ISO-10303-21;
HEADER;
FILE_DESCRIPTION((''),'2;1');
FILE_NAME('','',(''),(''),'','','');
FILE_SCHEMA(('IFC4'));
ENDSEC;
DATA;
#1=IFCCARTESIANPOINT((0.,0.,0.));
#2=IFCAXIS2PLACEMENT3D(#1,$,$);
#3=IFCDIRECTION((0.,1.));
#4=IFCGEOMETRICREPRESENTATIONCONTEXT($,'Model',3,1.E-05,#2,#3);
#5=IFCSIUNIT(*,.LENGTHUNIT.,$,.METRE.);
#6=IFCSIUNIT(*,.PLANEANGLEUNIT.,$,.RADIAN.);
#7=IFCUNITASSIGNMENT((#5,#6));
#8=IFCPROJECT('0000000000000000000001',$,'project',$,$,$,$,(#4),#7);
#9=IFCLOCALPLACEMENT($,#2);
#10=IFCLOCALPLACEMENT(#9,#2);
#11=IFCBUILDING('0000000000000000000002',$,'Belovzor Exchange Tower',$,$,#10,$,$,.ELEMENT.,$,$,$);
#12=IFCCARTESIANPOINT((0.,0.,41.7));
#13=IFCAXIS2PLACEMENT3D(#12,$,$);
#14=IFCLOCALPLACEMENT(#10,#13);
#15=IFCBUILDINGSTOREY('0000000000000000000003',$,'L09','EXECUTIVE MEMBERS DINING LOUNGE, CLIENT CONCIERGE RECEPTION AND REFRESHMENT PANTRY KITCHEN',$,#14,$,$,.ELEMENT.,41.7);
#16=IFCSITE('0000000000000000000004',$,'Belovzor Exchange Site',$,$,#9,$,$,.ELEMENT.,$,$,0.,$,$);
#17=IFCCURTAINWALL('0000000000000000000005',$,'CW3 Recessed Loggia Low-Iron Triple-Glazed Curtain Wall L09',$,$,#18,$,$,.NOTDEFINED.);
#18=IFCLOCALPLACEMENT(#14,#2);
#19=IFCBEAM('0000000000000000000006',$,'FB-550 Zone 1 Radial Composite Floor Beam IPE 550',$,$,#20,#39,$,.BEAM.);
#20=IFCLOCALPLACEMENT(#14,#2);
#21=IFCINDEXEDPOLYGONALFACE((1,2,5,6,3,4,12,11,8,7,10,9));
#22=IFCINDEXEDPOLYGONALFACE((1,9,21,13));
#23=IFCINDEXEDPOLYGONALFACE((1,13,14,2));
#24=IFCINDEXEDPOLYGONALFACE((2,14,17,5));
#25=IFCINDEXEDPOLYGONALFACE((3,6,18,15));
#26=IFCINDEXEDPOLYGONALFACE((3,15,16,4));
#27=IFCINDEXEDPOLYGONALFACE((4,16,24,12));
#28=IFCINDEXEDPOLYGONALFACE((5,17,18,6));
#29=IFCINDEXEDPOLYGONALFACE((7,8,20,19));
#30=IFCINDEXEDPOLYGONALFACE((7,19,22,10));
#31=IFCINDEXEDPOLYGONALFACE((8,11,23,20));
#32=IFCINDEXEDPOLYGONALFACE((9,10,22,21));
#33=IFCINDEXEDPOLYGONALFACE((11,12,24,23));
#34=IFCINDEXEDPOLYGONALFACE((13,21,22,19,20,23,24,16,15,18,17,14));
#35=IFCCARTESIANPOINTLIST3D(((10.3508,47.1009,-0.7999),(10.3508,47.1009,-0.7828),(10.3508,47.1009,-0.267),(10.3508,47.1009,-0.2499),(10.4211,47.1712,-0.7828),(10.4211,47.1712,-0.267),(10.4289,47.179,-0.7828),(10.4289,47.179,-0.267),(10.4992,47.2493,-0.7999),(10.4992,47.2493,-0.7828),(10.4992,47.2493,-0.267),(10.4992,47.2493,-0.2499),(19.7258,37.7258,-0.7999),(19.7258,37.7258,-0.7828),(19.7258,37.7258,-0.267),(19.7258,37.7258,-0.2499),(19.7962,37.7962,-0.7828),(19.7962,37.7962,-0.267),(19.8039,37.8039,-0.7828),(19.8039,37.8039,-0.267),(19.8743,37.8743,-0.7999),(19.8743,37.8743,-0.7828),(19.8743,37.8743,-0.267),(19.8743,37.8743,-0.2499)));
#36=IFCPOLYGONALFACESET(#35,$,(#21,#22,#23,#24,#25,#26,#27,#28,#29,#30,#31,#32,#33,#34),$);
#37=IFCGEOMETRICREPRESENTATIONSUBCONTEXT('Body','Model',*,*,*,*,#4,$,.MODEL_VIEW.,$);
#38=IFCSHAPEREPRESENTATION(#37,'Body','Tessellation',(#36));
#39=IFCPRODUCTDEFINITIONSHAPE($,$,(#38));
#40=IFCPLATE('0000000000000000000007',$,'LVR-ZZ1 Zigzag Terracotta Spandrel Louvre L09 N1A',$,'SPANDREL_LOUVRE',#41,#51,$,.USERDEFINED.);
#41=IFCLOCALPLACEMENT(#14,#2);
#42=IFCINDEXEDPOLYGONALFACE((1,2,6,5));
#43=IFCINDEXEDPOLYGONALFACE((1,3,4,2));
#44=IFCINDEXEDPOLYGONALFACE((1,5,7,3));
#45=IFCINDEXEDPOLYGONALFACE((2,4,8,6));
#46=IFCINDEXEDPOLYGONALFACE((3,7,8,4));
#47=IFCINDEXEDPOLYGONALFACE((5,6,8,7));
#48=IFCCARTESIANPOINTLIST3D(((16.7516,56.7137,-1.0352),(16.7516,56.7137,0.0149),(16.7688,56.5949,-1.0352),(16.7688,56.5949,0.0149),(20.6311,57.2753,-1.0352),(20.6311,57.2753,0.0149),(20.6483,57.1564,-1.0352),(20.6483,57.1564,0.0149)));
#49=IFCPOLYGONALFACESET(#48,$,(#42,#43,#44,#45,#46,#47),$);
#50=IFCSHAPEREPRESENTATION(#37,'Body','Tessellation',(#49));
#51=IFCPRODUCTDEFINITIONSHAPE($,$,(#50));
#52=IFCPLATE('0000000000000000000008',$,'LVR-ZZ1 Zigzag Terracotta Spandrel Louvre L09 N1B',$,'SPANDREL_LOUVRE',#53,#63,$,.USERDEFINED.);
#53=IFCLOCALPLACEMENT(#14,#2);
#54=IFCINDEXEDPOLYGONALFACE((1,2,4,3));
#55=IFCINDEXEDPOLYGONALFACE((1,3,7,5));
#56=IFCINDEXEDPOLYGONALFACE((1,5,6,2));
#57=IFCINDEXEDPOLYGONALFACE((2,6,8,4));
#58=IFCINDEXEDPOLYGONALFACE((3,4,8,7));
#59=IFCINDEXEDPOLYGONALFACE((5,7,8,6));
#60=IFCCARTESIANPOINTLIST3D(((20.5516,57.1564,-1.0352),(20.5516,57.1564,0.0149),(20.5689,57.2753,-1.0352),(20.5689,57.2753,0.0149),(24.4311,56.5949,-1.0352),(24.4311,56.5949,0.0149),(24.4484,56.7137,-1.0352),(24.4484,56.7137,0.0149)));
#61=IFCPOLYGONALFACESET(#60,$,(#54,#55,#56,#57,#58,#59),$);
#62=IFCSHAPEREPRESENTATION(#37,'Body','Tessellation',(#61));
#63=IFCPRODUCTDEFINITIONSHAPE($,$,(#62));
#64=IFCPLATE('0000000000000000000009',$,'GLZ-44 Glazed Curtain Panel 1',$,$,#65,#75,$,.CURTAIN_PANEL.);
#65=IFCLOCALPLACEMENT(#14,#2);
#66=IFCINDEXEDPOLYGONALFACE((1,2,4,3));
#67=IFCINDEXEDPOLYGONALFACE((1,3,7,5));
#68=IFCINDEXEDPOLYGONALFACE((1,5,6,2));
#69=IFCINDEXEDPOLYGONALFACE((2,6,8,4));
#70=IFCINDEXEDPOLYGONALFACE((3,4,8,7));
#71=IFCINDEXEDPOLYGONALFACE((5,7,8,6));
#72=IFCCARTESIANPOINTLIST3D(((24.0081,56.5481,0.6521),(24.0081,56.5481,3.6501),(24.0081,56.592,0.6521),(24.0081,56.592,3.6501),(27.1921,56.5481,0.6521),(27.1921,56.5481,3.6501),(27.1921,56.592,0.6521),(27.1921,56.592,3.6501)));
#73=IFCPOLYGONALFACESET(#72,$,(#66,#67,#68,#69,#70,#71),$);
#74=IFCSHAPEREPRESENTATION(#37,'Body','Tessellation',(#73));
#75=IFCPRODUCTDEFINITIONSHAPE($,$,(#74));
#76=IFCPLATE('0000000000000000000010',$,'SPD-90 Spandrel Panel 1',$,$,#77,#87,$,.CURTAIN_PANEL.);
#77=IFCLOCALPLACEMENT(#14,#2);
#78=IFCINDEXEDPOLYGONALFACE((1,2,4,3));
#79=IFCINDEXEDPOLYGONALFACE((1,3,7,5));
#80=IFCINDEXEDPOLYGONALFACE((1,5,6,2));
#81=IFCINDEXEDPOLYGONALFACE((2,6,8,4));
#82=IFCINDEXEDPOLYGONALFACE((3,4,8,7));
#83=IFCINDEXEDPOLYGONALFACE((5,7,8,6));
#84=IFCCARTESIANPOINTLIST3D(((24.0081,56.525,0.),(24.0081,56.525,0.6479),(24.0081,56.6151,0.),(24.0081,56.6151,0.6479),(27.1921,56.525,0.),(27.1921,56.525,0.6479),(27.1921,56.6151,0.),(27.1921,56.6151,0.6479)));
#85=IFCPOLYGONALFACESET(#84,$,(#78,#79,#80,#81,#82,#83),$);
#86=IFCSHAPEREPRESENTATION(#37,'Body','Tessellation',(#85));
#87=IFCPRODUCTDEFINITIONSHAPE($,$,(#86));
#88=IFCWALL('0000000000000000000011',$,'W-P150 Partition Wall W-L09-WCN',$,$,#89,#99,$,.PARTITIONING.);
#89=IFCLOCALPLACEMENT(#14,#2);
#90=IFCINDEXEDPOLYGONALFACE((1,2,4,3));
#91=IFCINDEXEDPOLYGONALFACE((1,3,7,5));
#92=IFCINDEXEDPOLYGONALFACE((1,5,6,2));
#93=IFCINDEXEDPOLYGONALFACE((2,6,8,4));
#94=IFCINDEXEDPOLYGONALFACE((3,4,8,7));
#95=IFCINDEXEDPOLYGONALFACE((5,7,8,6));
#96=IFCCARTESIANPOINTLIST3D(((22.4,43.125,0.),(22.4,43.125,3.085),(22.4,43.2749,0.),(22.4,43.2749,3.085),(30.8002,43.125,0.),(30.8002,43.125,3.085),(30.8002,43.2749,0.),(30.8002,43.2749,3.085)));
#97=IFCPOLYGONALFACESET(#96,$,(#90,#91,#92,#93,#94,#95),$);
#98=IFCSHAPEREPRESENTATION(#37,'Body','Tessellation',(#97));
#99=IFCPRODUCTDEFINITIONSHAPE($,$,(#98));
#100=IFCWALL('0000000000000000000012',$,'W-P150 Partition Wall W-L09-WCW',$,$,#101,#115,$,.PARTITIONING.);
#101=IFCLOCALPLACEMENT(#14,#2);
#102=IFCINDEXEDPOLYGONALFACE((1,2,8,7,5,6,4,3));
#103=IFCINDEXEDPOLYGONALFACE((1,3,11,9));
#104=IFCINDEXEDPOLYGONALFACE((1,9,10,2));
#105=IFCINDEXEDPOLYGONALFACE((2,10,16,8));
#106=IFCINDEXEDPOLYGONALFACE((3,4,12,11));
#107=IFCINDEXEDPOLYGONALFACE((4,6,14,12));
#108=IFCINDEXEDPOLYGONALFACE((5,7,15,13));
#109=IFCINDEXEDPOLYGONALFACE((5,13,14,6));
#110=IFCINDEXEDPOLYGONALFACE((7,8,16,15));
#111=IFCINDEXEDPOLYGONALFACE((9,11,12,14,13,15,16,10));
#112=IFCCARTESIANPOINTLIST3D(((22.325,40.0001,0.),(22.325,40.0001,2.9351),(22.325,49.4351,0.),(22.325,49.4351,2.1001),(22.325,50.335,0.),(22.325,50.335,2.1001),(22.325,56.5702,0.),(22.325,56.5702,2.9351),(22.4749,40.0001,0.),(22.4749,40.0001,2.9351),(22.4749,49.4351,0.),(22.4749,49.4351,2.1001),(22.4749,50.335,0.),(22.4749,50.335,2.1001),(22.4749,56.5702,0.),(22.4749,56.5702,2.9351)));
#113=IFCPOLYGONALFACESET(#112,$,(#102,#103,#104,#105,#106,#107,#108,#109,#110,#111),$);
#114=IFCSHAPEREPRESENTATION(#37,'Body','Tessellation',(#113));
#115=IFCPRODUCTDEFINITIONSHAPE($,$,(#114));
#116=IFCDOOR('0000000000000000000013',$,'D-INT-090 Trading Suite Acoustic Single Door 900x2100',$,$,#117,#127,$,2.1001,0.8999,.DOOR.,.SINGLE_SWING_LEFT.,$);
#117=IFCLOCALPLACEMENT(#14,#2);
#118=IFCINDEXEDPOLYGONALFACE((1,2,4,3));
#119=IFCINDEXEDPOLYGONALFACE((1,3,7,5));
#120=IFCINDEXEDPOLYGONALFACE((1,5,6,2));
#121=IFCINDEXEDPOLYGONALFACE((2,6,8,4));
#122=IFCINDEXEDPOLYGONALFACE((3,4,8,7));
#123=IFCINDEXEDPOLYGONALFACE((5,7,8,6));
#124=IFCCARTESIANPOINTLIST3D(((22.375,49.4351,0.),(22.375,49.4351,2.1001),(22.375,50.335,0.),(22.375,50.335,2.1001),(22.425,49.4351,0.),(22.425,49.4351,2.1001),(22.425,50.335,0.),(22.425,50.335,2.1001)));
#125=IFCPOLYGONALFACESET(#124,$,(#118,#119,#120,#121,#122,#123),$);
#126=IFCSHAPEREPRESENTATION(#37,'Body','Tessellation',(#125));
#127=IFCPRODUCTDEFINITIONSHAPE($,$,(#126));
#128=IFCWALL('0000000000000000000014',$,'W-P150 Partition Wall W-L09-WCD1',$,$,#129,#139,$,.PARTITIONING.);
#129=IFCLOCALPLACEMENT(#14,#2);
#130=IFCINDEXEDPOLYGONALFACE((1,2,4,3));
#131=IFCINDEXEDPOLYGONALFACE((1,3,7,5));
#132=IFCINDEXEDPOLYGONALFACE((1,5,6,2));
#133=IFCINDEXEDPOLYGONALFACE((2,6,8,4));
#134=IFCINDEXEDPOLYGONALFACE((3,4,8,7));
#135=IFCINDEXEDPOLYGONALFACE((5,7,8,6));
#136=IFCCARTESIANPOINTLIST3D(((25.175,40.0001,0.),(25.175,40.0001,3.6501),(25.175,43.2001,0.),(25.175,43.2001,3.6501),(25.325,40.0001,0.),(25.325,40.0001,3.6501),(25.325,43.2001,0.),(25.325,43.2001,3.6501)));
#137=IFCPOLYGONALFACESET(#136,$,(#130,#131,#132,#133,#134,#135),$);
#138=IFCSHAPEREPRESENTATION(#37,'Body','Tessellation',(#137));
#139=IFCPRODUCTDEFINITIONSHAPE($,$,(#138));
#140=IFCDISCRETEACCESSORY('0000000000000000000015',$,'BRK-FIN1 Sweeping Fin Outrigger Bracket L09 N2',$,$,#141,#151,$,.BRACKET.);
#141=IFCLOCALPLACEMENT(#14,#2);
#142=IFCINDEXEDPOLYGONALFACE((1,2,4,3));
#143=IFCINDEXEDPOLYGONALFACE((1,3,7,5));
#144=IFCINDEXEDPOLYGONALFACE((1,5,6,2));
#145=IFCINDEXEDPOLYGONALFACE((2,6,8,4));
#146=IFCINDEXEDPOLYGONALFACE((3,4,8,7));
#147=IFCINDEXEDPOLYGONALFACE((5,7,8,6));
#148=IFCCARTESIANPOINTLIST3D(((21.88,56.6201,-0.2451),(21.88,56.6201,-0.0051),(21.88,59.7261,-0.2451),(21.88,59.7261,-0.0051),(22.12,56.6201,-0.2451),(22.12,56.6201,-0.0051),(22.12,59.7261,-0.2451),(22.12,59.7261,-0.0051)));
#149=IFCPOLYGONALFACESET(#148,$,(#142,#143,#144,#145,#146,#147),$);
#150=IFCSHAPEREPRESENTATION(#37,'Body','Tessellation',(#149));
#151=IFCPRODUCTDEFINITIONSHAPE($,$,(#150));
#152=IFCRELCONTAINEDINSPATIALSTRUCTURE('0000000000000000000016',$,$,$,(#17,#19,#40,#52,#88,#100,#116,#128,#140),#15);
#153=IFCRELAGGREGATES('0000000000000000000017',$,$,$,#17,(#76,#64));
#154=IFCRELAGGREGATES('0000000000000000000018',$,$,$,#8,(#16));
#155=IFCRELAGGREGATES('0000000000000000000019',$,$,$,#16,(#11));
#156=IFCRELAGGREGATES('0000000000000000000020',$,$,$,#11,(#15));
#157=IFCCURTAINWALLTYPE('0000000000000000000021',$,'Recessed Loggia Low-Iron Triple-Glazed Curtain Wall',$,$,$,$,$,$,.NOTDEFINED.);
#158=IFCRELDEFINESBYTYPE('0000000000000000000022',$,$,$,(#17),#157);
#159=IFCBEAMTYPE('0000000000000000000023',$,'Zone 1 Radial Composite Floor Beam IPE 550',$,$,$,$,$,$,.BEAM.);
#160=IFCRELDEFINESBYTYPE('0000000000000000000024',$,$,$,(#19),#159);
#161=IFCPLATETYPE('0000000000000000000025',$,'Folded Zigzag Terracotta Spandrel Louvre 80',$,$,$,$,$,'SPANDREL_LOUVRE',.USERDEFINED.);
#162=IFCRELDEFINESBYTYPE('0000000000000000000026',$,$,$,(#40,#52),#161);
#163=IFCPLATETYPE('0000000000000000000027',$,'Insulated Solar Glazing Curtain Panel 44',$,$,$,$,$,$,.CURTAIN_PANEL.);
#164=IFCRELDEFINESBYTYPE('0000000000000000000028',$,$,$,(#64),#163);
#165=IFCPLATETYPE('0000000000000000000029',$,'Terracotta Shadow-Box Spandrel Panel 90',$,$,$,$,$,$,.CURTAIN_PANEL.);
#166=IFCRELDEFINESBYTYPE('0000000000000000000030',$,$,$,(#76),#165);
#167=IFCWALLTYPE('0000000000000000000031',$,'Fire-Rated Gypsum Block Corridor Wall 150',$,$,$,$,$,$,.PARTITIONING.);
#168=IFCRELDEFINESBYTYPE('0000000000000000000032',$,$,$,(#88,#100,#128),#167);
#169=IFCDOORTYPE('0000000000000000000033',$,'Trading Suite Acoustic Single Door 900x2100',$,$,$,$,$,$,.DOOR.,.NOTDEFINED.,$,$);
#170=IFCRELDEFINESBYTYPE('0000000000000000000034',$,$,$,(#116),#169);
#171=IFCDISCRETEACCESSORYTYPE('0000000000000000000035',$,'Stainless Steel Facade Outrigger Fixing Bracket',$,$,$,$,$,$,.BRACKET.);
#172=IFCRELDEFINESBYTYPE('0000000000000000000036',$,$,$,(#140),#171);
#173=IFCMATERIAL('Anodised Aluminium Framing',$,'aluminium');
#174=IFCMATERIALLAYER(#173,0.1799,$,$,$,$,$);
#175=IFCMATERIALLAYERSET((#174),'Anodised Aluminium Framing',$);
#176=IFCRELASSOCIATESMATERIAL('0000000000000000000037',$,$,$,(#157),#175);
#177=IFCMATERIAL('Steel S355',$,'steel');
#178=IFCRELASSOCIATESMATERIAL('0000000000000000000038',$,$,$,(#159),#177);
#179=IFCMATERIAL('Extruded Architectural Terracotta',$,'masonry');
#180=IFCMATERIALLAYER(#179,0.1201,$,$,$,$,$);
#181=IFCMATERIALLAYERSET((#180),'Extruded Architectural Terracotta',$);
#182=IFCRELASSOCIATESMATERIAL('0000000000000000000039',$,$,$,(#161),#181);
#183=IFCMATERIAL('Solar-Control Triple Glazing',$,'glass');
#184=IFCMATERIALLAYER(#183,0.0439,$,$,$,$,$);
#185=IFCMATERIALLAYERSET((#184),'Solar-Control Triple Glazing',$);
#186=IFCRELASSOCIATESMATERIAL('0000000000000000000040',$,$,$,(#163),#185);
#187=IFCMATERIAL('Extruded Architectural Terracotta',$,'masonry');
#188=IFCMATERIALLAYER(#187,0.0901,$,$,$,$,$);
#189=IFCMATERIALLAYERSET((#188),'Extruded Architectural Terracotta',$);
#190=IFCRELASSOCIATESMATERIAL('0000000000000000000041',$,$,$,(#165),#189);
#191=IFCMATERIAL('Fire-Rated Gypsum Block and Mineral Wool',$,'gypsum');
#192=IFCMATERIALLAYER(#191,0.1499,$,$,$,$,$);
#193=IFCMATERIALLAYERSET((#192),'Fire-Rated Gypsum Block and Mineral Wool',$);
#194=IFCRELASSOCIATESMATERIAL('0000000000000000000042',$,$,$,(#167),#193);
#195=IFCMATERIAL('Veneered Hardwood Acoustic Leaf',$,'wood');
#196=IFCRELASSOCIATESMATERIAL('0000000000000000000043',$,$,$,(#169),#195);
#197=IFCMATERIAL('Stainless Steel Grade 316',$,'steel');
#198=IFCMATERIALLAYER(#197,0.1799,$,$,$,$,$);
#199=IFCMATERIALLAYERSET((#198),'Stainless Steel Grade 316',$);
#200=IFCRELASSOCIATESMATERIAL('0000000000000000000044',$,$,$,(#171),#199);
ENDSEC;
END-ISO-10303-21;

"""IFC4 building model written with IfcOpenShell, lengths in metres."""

from ifc_helpers import new_model, si_unit, direction, frame, frame_2d, origin, origin_2d, place, context, subcontext, project, spatial, rectangle, i_section, extrude, material, layer, layer_set, material_profile, profile_set, type_object, element, fill, aggregate, save


model = new_model("IFC4")

# Units and contexts
model_context = context("Model", 3, precision=1e-05, world=origin(), true_north=direction((0.0, 1.0)))
body_context = subcontext(model_context, "Body", "Model", "MODEL_VIEW")
ifc_project = project(units=[si_unit("LENGTHUNIT", "METRE"), si_unit("PLANEANGLEUNIT", "RADIAN")], contexts=[model_context])

# Site, building, storey
site_placement = place(None, origin())
site = spatial("IfcSite", under=ifc_project, at=site_placement, Name="Belovzor Exchange Site", CompositionType="ELEMENT", RefElevation=0.0)
building_placement = place(site_placement, origin())
building = spatial("IfcBuilding", under=site, at=building_placement, Name="Belovzor Exchange Tower", CompositionType="ELEMENT")
storey_placement = place(building_placement, frame((0.0, 0.0, 41.7)))
storey = spatial("IfcBuildingStorey", under=building, at=storey_placement, Name="L09", Description="EXECUTIVE MEMBERS DINING LOUNGE, CLIENT CONCIERGE RECEPTION AND REFRESHMENT PANTRY KITCHEN", CompositionType="ELEMENT", Elevation=41.7)

# Curtain wall
ifc_material_1 = material(Name="Anodised Aluminium Framing", Category="aluminium")
ifc_layer_1 = layer(ifc_material_1, 0.1799)
ifc_layer_set_1 = layer_set([ifc_layer_1], Name="Anodised Aluminium Framing")
curtain_wall_type = type_object("IfcCurtainWallType", Name="Recessed Loggia Low-Iron Triple-Glazed Curtain Wall", PredefinedType="NOTDEFINED", material=ifc_layer_set_1)
curtain_wall_placement = place(storey_placement, origin())
curtain_wall = element("IfcCurtainWall", 1, at=curtain_wall_placement, inside=storey, type_object=curtain_wall_type, Name="CW3 Recessed Loggia Low-Iron Triple-Glazed Curtain Wall L09", PredefinedType="NOTDEFINED")

# Beam
ifc_material_2 = material(Name="Steel S355", Category="steel")
ifc_material_profile_1 = material_profile(ifc_material_2, i_section(OverallWidth=0.21, OverallDepth=0.55, WebThickness=0.011, FlangeThickness=0.0171, at=origin_2d()))
ifc_profile_set_1 = profile_set([ifc_material_profile_1], Name="Steel S355")
beam_type_1 = type_object("IfcBeamType", Name="Zone 1 Radial Composite Floor Beam IPE 550", PredefinedType="BEAM", material=ifc_profile_set_1)
beam_1_placement = place(storey_placement, frame((19.8, 37.8, -0.5249), z_axis=(-0.707107, 0.707107, 0.0), x_axis=(-0.707107, -0.707107, 0.0)))
element("IfcBeam", 2, at=beam_1_placement, inside=storey, type_object=beam_type_1, Name="FB-550 Zone 1 Radial Composite Floor Beam IPE 550", PredefinedType="BEAM", context=body_context, shape_type="SweptSolid", body=[
    extrude(i_section(OverallWidth=0.21, OverallDepth=0.55, WebThickness=0.011, FlangeThickness=0.0171, at=origin_2d()), origin(), (0.0, 0.0, 1.0), 13.2583),
])

# Plates
ifc_material_3 = material(Name="Extruded Architectural Terracotta", Category="masonry")
ifc_layer_2 = layer(ifc_material_3, 0.1201)
ifc_layer_set_2 = layer_set([ifc_layer_2], Name="Extruded Architectural Terracotta")
plate_type_1 = type_object("IfcPlateType", Name="Folded Zigzag Terracotta Spandrel Louvre 80", ElementType="SPANDREL_LOUVRE", PredefinedType="USERDEFINED", material=ifc_layer_set_2)
for number, where, z_axis, x_axis, name in (
    (3, (18.7, 56.9351, -1.0352), (0.0, 0.0, 1.0), (0.989686, 0.143251, 0.0), "LVR-ZZ1 Zigzag Terracotta Spandrel Louvre L09 N1A"),
    (4, (22.5, 56.9351, -1.0352), (0.0, 0.0, 1.0), (0.989686, -0.143251, 0.0), "LVR-ZZ1 Zigzag Terracotta Spandrel Louvre L09 N1B"),
):
    element("IfcPlate", number, at=place(storey_placement, frame(where, z_axis=z_axis, x_axis=x_axis)), inside=storey, type_object=plate_type_1, Name=name, ObjectType="SPANDREL_LOUVRE", PredefinedType="USERDEFINED", context=body_context, shape_type="SweptSolid", body=[
        extrude(rectangle(XDim=3.9199, YDim=0.1201, at=origin_2d()), origin(), (0.0, 0.0, 1.0), 1.05),
    ])

# Plates
ifc_material_4 = material(Name="Solar-Control Triple Glazing", Category="glass")
ifc_layer_3 = layer(ifc_material_4, 0.0439)
ifc_layer_set_3 = layer_set([ifc_layer_3], Name="Solar-Control Triple Glazing")
plate_type_2 = type_object("IfcPlateType", Name="Insulated Solar Glazing Curtain Panel 44", PredefinedType="CURTAIN_PANEL", material=ifc_layer_set_3)
plate_1_placement = place(storey_placement, frame((25.6001, 56.5701, 0.6521), z_axis=(0.0, 0.0, 1.0), x_axis=(1.0, 0.0, 0.0)))
plate_1 = element("IfcPlate", 5, at=plate_1_placement, type_object=plate_type_2, Name="GLZ-44 Glazed Curtain Panel 1", PredefinedType="CURTAIN_PANEL", context=body_context, shape_type="SweptSolid", body=[
    extrude(rectangle(XDim=3.1841, YDim=0.0439, at=origin_2d()), origin(), (0.0, 0.0, 1.0), 2.998),
])
ifc_material_5 = material(Name="Extruded Architectural Terracotta", Category="masonry")
ifc_layer_4 = layer(ifc_material_5, 0.0901)
ifc_layer_set_4 = layer_set([ifc_layer_4], Name="Extruded Architectural Terracotta")
plate_type_3 = type_object("IfcPlateType", Name="Terracotta Shadow-Box Spandrel Panel 90", PredefinedType="CURTAIN_PANEL", material=ifc_layer_set_4)
plate_2_placement = place(storey_placement, frame((25.6001, 56.5701, 0.0), z_axis=(0.0, 0.0, 1.0), x_axis=(1.0, 0.0, 0.0)))
plate_2 = element("IfcPlate", 6, at=plate_2_placement, type_object=plate_type_3, Name="SPD-90 Spandrel Panel 1", PredefinedType="CURTAIN_PANEL", context=body_context, shape_type="SweptSolid", body=[
    extrude(rectangle(XDim=3.1841, YDim=0.0901, at=origin_2d()), origin(), (0.0, 0.0, 1.0), 0.6479),
])
aggregate(curtain_wall, [plate_2, plate_1])

# Wall
ifc_material_6 = material(Name="Fire-Rated Gypsum Block and Mineral Wool", Category="gypsum")
ifc_layer_5 = layer(ifc_material_6, 0.1499)
ifc_layer_set_5 = layer_set([ifc_layer_5], Name="Fire-Rated Gypsum Block and Mineral Wool")
wall_type_1 = type_object("IfcWallType", Name="Fire-Rated Gypsum Block Corridor Wall 150", PredefinedType="PARTITIONING", material=ifc_layer_set_5)
wall_1_placement = place(storey_placement, frame((22.3999, 43.2, 0.0), z_axis=(0.0, 0.0, 1.0), x_axis=(1.0, 0.0, 0.0)))
element("IfcWall", 7, at=wall_1_placement, inside=storey, type_object=wall_type_1, Name="W-P150 Partition Wall W-L09-WCN", PredefinedType="PARTITIONING", context=body_context, shape_type="SweptSolid", body=[
    extrude(rectangle(XDim=8.4001, YDim=0.1499, at=frame_2d((4.2002, 0.0))), origin(), (0.0, 0.0, 1.0), 3.085),
])

# Wall, opening, door
wall_2_placement = place(storey_placement, frame((22.3999, 40.0, 0.0), z_axis=(0.0, 0.0, 1.0), x_axis=(0.0, 1.0, 0.0)))
wall_2 = element("IfcWall", 8, at=wall_2_placement, inside=storey, type_object=wall_type_1, Name="W-P150 Partition Wall W-L09-WCW", PredefinedType="PARTITIONING", context=body_context, shape_type="SweptSolid", body=[
    extrude(rectangle(XDim=16.5701, YDim=0.1499, at=frame_2d((8.2852, 0.0))), origin(), (0.0, 0.0, 1.0), 2.9351),
])
opening_1_placement = place(wall_2_placement, frame((9.4351, 0.0, 0.0)))
opening_1 = element("IfcOpeningElement", 9, at=opening_1_placement, cuts=wall_2, PredefinedType="OPENING", context=body_context, shape_type="SweptSolid", body=[
    extrude(rectangle(XDim=0.8999, YDim=2.1001, at=frame_2d((0.45, 1.05))), frame((0.0, 0.085, 0.0), z_axis=(0.0, -1.0, 0.0), x_axis=(1.0, 0.0, 0.0)), (0.0, 0.0, 1.0), 0.1699),
])
ifc_material_7 = material(Name="Veneered Hardwood Acoustic Leaf", Category="wood")
door_type_1 = type_object("IfcDoorType", Name="Trading Suite Acoustic Single Door 900x2100", OperationType="NOTDEFINED", PredefinedType="DOOR", material=ifc_material_7)
door_1_placement = place(opening_1_placement, origin())
door_1 = element("IfcDoor", 10, at=door_1_placement, inside=storey, type_object=door_type_1, Name="D-INT-090 Trading Suite Acoustic Single Door 900x2100", OperationType="SINGLE_SWING_LEFT", OverallHeight=2.1001, OverallWidth=0.8999, PredefinedType="DOOR", context=body_context, shape_type="SweptSolid", body=[
    extrude(rectangle(XDim=0.8999, YDim=2.1001, at=frame_2d((0.45, 1.05))), frame((0.0, 0.0249, 0.0), z_axis=(0.0, -1.0, 0.0), x_axis=(1.0, 0.0, 0.0)), (0.0, 0.0, 1.0), 0.05),
])
fill(opening_1, door_1)

# Wall
wall_3_placement = place(storey_placement, frame((25.25, 40.0, 0.0), z_axis=(0.0, 0.0, 1.0), x_axis=(0.0, 1.0, 0.0)))
element("IfcWall", 11, at=wall_3_placement, inside=storey, type_object=wall_type_1, Name="W-P150 Partition Wall W-L09-WCD1", PredefinedType="PARTITIONING", context=body_context, shape_type="SweptSolid", body=[
    extrude(rectangle(XDim=3.2, YDim=0.1499, at=frame_2d((1.6001, 0.0))), origin(), (0.0, 0.0, 1.0), 3.6501),
])

# Discrete accessory
ifc_material_8 = material(Name="Stainless Steel Grade 316", Category="steel")
ifc_layer_6 = layer(ifc_material_8, 0.1799)
ifc_layer_set_6 = layer_set([ifc_layer_6], Name="Stainless Steel Grade 316")
discrete_accessory_type = type_object("IfcDiscreteAccessoryType", Name="Stainless Steel Facade Outrigger Fixing Bracket", PredefinedType="BRACKET", material=ifc_layer_set_6)
discrete_accessory_placement = place(storey_placement, frame((22.0, 58.1731, -0.2451), z_axis=(0.0, 0.0, 1.0), x_axis=(0.0, 1.0, 0.0)))
element("IfcDiscreteAccessory", 12, at=discrete_accessory_placement, inside=storey, type_object=discrete_accessory_type, Name="BRK-FIN1 Sweeping Fin Outrigger Bracket L09 N2", PredefinedType="BRACKET", context=body_context, shape_type="SweptSolid", body=[
    extrude(rectangle(XDim=3.106, YDim=0.24, at=origin_2d()), origin(), (0.0, 0.0, 1.0), 0.24),
])

save(model, "model.ifc")
